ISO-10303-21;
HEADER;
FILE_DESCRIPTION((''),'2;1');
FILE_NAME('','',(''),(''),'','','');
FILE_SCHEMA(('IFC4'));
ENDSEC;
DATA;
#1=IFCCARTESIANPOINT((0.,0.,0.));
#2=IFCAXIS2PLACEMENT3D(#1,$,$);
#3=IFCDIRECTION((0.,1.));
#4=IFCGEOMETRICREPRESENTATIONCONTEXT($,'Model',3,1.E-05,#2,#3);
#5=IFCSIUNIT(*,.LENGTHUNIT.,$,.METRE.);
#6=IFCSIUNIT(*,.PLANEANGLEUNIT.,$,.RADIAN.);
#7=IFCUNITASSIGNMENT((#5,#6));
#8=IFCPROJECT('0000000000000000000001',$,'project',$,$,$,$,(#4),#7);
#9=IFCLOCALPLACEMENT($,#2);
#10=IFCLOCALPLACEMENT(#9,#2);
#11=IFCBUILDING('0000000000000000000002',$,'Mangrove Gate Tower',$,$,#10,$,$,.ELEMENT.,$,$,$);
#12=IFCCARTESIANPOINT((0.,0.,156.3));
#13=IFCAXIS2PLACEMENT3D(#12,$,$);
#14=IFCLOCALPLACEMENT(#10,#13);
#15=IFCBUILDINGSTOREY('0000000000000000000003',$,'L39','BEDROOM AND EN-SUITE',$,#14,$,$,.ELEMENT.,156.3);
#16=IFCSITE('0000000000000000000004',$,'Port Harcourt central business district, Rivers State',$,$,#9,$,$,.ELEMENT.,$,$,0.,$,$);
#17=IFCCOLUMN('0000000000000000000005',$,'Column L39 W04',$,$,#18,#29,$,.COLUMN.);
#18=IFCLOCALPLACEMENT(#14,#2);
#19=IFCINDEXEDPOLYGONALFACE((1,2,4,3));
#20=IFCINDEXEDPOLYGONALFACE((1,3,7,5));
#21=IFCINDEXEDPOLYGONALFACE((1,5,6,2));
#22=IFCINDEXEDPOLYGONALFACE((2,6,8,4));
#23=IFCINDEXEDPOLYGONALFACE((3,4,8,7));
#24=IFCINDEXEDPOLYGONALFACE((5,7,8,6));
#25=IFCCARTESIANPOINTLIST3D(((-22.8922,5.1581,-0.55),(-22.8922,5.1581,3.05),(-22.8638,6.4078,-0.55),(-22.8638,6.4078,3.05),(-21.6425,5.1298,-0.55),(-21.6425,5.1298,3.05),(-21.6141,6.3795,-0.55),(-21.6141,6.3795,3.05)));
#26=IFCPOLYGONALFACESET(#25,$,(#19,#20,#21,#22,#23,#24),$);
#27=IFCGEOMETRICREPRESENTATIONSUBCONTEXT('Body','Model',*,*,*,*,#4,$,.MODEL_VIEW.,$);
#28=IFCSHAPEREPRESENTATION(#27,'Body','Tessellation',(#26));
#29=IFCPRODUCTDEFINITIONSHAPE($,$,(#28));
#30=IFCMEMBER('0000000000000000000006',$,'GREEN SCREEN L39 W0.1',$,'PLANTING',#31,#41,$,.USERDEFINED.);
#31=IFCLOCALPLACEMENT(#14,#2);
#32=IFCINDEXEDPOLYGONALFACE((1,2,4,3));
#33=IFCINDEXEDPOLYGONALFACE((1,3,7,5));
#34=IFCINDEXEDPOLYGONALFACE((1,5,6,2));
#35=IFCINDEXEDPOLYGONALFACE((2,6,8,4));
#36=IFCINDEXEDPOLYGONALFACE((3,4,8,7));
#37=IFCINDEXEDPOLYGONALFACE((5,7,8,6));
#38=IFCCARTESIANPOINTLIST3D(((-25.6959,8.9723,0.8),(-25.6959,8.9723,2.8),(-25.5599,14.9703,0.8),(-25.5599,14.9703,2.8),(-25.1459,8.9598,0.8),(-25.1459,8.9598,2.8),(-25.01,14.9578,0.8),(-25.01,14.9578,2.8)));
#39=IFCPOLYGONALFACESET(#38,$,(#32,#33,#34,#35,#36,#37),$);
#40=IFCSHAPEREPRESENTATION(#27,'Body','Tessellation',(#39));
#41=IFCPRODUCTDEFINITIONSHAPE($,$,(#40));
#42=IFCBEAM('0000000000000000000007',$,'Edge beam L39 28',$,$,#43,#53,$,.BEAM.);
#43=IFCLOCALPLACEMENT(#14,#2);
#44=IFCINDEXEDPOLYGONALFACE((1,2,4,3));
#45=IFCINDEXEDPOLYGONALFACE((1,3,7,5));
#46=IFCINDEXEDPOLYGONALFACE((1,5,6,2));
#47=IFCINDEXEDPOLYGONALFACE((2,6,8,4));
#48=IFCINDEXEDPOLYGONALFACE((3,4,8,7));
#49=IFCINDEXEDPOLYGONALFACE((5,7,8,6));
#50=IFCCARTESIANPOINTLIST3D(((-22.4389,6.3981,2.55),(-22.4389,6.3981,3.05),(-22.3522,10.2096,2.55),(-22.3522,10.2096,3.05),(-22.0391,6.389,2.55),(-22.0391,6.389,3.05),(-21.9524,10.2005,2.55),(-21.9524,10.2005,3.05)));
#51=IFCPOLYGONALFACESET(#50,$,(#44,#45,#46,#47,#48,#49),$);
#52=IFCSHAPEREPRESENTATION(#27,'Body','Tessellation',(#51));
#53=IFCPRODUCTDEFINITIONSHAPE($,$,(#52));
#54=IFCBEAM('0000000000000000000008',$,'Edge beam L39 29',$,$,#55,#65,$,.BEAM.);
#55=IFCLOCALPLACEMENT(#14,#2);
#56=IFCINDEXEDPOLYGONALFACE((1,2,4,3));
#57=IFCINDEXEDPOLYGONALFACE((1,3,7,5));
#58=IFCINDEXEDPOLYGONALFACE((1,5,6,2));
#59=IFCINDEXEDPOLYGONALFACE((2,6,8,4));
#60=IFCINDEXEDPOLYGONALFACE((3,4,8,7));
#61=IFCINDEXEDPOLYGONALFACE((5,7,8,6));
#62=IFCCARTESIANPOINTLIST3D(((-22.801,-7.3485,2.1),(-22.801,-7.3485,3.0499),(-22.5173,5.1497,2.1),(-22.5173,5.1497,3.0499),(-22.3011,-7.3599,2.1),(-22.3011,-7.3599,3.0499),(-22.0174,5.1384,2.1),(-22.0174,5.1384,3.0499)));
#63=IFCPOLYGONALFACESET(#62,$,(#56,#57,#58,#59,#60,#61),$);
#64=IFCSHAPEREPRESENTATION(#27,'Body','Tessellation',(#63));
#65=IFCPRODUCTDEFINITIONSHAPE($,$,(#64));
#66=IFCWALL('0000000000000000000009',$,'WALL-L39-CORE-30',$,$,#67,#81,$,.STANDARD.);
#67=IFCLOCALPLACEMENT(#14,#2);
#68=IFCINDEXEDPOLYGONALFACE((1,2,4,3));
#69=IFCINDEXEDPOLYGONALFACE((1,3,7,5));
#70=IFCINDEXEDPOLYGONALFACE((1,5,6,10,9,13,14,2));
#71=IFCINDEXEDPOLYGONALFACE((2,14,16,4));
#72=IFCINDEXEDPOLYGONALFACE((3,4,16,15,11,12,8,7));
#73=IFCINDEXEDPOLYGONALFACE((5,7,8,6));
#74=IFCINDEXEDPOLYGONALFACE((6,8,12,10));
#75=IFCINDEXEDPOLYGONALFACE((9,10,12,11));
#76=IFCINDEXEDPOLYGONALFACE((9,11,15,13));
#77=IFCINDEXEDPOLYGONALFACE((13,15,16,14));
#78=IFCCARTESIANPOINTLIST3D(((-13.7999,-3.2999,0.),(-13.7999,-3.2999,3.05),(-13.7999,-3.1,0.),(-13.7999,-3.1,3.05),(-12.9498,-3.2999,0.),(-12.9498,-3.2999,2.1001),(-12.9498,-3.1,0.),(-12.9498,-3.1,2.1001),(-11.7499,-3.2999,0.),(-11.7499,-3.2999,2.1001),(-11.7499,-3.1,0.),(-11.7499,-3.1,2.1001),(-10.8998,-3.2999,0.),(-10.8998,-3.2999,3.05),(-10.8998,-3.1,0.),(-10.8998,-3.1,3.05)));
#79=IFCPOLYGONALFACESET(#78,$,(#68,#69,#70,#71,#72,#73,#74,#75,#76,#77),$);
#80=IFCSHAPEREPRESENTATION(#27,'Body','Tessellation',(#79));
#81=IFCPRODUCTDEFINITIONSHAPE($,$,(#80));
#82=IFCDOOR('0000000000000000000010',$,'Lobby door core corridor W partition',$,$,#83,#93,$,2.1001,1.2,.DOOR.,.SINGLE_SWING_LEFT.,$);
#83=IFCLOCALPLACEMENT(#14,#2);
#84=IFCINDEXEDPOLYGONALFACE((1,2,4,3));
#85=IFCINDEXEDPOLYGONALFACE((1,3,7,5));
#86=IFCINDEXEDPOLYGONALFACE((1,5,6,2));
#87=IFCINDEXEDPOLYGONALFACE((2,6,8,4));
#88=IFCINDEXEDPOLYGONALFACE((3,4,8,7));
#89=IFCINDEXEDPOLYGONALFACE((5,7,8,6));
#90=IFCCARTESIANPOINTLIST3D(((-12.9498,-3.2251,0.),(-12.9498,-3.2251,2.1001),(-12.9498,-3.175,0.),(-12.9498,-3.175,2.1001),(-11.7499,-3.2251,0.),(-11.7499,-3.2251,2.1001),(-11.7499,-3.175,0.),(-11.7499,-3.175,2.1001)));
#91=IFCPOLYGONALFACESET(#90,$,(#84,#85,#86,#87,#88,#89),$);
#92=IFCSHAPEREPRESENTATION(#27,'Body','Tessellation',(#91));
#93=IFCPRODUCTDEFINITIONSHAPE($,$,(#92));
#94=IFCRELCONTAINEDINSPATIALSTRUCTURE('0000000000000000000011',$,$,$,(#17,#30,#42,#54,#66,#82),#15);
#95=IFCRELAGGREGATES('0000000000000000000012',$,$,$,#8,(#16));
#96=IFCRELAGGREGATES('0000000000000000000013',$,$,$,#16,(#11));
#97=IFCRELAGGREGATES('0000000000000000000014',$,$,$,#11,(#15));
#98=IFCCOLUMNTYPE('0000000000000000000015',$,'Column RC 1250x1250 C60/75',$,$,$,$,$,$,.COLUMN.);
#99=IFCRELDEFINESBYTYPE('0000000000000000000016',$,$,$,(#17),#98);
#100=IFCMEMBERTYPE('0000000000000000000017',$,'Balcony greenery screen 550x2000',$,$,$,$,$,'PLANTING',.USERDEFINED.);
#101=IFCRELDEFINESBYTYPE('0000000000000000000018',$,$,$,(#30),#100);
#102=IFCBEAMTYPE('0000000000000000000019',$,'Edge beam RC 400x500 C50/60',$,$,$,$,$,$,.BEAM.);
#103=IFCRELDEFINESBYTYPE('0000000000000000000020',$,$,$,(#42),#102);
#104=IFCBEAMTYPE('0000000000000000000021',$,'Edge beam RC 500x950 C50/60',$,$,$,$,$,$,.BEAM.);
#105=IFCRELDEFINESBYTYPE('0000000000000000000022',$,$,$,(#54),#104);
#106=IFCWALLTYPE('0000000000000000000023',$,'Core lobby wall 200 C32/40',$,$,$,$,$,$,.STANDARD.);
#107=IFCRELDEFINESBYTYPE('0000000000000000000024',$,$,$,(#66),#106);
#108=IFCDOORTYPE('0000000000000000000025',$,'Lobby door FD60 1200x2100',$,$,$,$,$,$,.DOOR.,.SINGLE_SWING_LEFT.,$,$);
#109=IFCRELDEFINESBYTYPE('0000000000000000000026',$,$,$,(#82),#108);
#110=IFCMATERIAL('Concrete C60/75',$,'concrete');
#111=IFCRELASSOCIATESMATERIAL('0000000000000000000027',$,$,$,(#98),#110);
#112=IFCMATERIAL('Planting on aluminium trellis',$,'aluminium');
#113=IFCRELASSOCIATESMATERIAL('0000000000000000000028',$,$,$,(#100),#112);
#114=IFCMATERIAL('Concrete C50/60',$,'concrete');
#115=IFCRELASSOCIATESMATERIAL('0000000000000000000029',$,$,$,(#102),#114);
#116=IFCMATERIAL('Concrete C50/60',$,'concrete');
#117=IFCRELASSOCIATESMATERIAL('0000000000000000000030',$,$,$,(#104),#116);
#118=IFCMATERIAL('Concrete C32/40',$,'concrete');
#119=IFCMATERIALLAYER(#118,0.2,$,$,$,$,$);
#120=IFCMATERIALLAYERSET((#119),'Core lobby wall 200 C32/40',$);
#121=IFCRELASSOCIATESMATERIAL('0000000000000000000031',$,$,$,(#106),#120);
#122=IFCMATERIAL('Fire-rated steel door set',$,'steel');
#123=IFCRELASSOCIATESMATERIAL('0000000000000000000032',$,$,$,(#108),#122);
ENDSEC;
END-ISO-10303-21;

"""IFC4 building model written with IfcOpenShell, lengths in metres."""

from ifc_helpers import new_model, si_unit, direction, frame, frame_2d, origin, origin_2d, place, context, subcontext, project, spatial, rectangle, extrude, material, layer, layer_set, material_profile, profile_set, type_object, element, fill, save


model = new_model("IFC4")

# Units and contexts
model_context = context("Model", 3, precision=1e-05, world=origin(), true_north=direction((0.0, 1.0)))
body_context = subcontext(model_context, "Body", "Model", "MODEL_VIEW")
ifc_project = project(units=[si_unit("LENGTHUNIT", "METRE"), si_unit("PLANEANGLEUNIT", "RADIAN")], contexts=[model_context])

# Site, building, storey
site_placement = place(None, origin())
site = spatial("IfcSite", under=ifc_project, at=site_placement, Name="Port Harcourt central business district, Rivers State", CompositionType="ELEMENT", RefElevation=0.0)
building_placement = place(site_placement, origin())
building = spatial("IfcBuilding", under=site, at=building_placement, Name="Mangrove Gate Tower", CompositionType="ELEMENT")
storey_placement = place(building_placement, frame((0.0, 0.0, 156.3)))
storey = spatial("IfcBuildingStorey", under=building, at=storey_placement, Name="L39", Description="BEDROOM AND EN-SUITE", CompositionType="ELEMENT", Elevation=156.3)

# Column
ifc_material_1 = material(Name="Concrete C60/75", Category="concrete")
ifc_material_profile_1 = material_profile(ifc_material_1, rectangle(XDim=1.25, YDim=1.25, at=origin_2d()))
ifc_profile_set_1 = profile_set([ifc_material_profile_1], Name="Concrete C60/75")
column_type = type_object("IfcColumnType", Name="Column RC 1250x1250 C60/75", PredefinedType="COLUMN", material=ifc_profile_set_1)
column_placement = place(storey_placement, frame((-22.2532, 5.7688, -0.55), z_axis=(0.0, 0.0, 1.0), x_axis=(-0.022696, -0.999742, 0.0)))
element("IfcColumn", 1, at=column_placement, inside=storey, type_object=column_type, Name="Column L39 W04", PredefinedType="COLUMN", context=body_context, shape_type="SweptSolid", body=[
    extrude(rectangle(XDim=1.25, YDim=1.25, at=origin_2d()), origin(), (0.0, 0.0, 1.0), 3.6001),
])

# Member
ifc_material_2 = material(Name="Planting on aluminium trellis", Category="aluminium")
ifc_material_profile_2 = material_profile(ifc_material_2, rectangle(XDim=0.55, YDim=2.0, at=origin_2d()))
ifc_profile_set_2 = profile_set([ifc_material_profile_2], Name="Planting on aluminium trellis")
member_type = type_object("IfcMemberType", Name="Balcony greenery screen 550x2000", ElementType="PLANTING", PredefinedType="USERDEFINED", material=ifc_profile_set_2)
member_placement = place(storey_placement, frame((-25.4209, 8.9661, 1.8), z_axis=(0.022666, 0.999743, 0.0), x_axis=(-0.999743, 0.022666, 0.0)))
element("IfcMember", 2, at=member_placement, inside=storey, type_object=member_type, Name="GREEN SCREEN L39 W0.1", ObjectType="PLANTING", PredefinedType="USERDEFINED", context=body_context, shape_type="SweptSolid", body=[
    extrude(rectangle(XDim=0.55, YDim=2.0, at=origin_2d()), origin(), (0.0, 0.0, 1.0), 5.9995),
])

# Beams
ifc_material_3 = material(Name="Concrete C50/60", Category="concrete")
ifc_material_profile_3 = material_profile(ifc_material_3, rectangle(XDim=0.3999, YDim=0.5, at=origin_2d()))
ifc_profile_set_3 = profile_set([ifc_material_profile_3], Name="Concrete C50/60")
beam_type_1 = type_object("IfcBeamType", Name="Edge beam RC 400x500 C50/60", PredefinedType="BEAM", material=ifc_profile_set_3)
beam_1_placement = place(storey_placement, frame((-22.1523, 10.2051, 2.8), z_axis=(-0.022733, -0.999742, 0.0), x_axis=(0.999742, -0.022733, 0.0)))
element("IfcBeam", 3, at=beam_1_placement, inside=storey, type_object=beam_type_1, Name="Edge beam L39 28", PredefinedType="BEAM", context=body_context, shape_type="SweptSolid", body=[
    extrude(rectangle(XDim=0.3999, YDim=0.5, at=origin_2d()), origin(), (0.0, 0.0, 1.0), 3.8125),
])
ifc_material_4 = material(Name="Concrete C50/60", Category="concrete")
ifc_material_profile_4 = material_profile(ifc_material_4, rectangle(XDim=0.5, YDim=0.95, at=origin_2d()))
ifc_profile_set_4 = profile_set([ifc_material_profile_4], Name="Concrete C50/60")
beam_type_2 = type_object("IfcBeamType", Name="Edge beam RC 500x950 C50/60", PredefinedType="BEAM", material=ifc_profile_set_4)
beam_2_placement = place(storey_placement, frame((-22.2673, 5.144, 2.575), z_axis=(-0.022693, -0.999742, 0.0), x_axis=(0.999742, -0.022693, 0.0)))
element("IfcBeam", 4, at=beam_2_placement, inside=storey, type_object=beam_type_2, Name="Edge beam L39 29", PredefinedType="BEAM", context=body_context, shape_type="SweptSolid", body=[
    extrude(rectangle(XDim=0.5, YDim=0.95, at=origin_2d()), origin(), (0.0, 0.0, 1.0), 12.5015),
])

# Wall, opening, door
ifc_material_5 = material(Name="Concrete C32/40", Category="concrete")
ifc_layer_1 = layer(ifc_material_5, 0.2)
ifc_layer_set_1 = layer_set([ifc_layer_1], Name="Core lobby wall 200 C32/40")
wall_type_1 = type_object("IfcWallType", Name="Core lobby wall 200 C32/40", PredefinedType="STANDARD", material=ifc_layer_set_1)
wall_1_placement = place(storey_placement, frame((-13.8, -3.2, 0.0), z_axis=(0.0, 0.0, 1.0), x_axis=(1.0, 0.0, 0.0)))
wall_1 = element("IfcWall", 5, at=wall_1_placement, inside=storey, type_object=wall_type_1, Name="WALL-L39-CORE-30", PredefinedType="STANDARD", context=body_context, shape_type="SweptSolid", body=[
    extrude(rectangle(XDim=2.9001, YDim=0.2, at=frame_2d((1.4502, 0.0))), origin(), (0.0, 0.0, 1.0), 3.05),
])
opening_1_placement = place(wall_1_placement, frame((0.8501, 0.0, 0.0)))
opening_1 = element("IfcOpeningElement", 6, at=opening_1_placement, cuts=wall_1, PredefinedType="OPENING", context=body_context, shape_type="SweptSolid", body=[
    extrude(rectangle(XDim=1.2, YDim=2.1001, at=frame_2d((0.6001, 1.05))), frame((0.0, 0.1099, 0.0), z_axis=(0.0, -1.0, 0.0), x_axis=(1.0, 0.0, 0.0)), (0.0, 0.0, 1.0), 0.22),
])
ifc_material_6 = material(Name="Fire-rated steel door set", Category="steel")
door_type_1 = type_object("IfcDoorType", Name="Lobby door FD60 1200x2100", OperationType="SINGLE_SWING_LEFT", PredefinedType="DOOR", material=ifc_material_6)
door_1_placement = place(opening_1_placement, origin())
door_1 = element("IfcDoor", 7, at=door_1_placement, inside=storey, type_object=door_type_1, Name="Lobby door core corridor W partition", OperationType="SINGLE_SWING_LEFT", OverallHeight=2.1001, OverallWidth=1.2, PredefinedType="DOOR", context=body_context, shape_type="SweptSolid", body=[
    extrude(rectangle(XDim=1.2, YDim=2.1001, at=frame_2d((0.6001, 1.05))), frame((0.0, 0.0249, 0.0), z_axis=(0.0, -1.0, 0.0), x_axis=(1.0, 0.0, 0.0)), (0.0, 0.0, 1.0), 0.05),
])
fill(opening_1, door_1)

save(model, "model.ifc")
